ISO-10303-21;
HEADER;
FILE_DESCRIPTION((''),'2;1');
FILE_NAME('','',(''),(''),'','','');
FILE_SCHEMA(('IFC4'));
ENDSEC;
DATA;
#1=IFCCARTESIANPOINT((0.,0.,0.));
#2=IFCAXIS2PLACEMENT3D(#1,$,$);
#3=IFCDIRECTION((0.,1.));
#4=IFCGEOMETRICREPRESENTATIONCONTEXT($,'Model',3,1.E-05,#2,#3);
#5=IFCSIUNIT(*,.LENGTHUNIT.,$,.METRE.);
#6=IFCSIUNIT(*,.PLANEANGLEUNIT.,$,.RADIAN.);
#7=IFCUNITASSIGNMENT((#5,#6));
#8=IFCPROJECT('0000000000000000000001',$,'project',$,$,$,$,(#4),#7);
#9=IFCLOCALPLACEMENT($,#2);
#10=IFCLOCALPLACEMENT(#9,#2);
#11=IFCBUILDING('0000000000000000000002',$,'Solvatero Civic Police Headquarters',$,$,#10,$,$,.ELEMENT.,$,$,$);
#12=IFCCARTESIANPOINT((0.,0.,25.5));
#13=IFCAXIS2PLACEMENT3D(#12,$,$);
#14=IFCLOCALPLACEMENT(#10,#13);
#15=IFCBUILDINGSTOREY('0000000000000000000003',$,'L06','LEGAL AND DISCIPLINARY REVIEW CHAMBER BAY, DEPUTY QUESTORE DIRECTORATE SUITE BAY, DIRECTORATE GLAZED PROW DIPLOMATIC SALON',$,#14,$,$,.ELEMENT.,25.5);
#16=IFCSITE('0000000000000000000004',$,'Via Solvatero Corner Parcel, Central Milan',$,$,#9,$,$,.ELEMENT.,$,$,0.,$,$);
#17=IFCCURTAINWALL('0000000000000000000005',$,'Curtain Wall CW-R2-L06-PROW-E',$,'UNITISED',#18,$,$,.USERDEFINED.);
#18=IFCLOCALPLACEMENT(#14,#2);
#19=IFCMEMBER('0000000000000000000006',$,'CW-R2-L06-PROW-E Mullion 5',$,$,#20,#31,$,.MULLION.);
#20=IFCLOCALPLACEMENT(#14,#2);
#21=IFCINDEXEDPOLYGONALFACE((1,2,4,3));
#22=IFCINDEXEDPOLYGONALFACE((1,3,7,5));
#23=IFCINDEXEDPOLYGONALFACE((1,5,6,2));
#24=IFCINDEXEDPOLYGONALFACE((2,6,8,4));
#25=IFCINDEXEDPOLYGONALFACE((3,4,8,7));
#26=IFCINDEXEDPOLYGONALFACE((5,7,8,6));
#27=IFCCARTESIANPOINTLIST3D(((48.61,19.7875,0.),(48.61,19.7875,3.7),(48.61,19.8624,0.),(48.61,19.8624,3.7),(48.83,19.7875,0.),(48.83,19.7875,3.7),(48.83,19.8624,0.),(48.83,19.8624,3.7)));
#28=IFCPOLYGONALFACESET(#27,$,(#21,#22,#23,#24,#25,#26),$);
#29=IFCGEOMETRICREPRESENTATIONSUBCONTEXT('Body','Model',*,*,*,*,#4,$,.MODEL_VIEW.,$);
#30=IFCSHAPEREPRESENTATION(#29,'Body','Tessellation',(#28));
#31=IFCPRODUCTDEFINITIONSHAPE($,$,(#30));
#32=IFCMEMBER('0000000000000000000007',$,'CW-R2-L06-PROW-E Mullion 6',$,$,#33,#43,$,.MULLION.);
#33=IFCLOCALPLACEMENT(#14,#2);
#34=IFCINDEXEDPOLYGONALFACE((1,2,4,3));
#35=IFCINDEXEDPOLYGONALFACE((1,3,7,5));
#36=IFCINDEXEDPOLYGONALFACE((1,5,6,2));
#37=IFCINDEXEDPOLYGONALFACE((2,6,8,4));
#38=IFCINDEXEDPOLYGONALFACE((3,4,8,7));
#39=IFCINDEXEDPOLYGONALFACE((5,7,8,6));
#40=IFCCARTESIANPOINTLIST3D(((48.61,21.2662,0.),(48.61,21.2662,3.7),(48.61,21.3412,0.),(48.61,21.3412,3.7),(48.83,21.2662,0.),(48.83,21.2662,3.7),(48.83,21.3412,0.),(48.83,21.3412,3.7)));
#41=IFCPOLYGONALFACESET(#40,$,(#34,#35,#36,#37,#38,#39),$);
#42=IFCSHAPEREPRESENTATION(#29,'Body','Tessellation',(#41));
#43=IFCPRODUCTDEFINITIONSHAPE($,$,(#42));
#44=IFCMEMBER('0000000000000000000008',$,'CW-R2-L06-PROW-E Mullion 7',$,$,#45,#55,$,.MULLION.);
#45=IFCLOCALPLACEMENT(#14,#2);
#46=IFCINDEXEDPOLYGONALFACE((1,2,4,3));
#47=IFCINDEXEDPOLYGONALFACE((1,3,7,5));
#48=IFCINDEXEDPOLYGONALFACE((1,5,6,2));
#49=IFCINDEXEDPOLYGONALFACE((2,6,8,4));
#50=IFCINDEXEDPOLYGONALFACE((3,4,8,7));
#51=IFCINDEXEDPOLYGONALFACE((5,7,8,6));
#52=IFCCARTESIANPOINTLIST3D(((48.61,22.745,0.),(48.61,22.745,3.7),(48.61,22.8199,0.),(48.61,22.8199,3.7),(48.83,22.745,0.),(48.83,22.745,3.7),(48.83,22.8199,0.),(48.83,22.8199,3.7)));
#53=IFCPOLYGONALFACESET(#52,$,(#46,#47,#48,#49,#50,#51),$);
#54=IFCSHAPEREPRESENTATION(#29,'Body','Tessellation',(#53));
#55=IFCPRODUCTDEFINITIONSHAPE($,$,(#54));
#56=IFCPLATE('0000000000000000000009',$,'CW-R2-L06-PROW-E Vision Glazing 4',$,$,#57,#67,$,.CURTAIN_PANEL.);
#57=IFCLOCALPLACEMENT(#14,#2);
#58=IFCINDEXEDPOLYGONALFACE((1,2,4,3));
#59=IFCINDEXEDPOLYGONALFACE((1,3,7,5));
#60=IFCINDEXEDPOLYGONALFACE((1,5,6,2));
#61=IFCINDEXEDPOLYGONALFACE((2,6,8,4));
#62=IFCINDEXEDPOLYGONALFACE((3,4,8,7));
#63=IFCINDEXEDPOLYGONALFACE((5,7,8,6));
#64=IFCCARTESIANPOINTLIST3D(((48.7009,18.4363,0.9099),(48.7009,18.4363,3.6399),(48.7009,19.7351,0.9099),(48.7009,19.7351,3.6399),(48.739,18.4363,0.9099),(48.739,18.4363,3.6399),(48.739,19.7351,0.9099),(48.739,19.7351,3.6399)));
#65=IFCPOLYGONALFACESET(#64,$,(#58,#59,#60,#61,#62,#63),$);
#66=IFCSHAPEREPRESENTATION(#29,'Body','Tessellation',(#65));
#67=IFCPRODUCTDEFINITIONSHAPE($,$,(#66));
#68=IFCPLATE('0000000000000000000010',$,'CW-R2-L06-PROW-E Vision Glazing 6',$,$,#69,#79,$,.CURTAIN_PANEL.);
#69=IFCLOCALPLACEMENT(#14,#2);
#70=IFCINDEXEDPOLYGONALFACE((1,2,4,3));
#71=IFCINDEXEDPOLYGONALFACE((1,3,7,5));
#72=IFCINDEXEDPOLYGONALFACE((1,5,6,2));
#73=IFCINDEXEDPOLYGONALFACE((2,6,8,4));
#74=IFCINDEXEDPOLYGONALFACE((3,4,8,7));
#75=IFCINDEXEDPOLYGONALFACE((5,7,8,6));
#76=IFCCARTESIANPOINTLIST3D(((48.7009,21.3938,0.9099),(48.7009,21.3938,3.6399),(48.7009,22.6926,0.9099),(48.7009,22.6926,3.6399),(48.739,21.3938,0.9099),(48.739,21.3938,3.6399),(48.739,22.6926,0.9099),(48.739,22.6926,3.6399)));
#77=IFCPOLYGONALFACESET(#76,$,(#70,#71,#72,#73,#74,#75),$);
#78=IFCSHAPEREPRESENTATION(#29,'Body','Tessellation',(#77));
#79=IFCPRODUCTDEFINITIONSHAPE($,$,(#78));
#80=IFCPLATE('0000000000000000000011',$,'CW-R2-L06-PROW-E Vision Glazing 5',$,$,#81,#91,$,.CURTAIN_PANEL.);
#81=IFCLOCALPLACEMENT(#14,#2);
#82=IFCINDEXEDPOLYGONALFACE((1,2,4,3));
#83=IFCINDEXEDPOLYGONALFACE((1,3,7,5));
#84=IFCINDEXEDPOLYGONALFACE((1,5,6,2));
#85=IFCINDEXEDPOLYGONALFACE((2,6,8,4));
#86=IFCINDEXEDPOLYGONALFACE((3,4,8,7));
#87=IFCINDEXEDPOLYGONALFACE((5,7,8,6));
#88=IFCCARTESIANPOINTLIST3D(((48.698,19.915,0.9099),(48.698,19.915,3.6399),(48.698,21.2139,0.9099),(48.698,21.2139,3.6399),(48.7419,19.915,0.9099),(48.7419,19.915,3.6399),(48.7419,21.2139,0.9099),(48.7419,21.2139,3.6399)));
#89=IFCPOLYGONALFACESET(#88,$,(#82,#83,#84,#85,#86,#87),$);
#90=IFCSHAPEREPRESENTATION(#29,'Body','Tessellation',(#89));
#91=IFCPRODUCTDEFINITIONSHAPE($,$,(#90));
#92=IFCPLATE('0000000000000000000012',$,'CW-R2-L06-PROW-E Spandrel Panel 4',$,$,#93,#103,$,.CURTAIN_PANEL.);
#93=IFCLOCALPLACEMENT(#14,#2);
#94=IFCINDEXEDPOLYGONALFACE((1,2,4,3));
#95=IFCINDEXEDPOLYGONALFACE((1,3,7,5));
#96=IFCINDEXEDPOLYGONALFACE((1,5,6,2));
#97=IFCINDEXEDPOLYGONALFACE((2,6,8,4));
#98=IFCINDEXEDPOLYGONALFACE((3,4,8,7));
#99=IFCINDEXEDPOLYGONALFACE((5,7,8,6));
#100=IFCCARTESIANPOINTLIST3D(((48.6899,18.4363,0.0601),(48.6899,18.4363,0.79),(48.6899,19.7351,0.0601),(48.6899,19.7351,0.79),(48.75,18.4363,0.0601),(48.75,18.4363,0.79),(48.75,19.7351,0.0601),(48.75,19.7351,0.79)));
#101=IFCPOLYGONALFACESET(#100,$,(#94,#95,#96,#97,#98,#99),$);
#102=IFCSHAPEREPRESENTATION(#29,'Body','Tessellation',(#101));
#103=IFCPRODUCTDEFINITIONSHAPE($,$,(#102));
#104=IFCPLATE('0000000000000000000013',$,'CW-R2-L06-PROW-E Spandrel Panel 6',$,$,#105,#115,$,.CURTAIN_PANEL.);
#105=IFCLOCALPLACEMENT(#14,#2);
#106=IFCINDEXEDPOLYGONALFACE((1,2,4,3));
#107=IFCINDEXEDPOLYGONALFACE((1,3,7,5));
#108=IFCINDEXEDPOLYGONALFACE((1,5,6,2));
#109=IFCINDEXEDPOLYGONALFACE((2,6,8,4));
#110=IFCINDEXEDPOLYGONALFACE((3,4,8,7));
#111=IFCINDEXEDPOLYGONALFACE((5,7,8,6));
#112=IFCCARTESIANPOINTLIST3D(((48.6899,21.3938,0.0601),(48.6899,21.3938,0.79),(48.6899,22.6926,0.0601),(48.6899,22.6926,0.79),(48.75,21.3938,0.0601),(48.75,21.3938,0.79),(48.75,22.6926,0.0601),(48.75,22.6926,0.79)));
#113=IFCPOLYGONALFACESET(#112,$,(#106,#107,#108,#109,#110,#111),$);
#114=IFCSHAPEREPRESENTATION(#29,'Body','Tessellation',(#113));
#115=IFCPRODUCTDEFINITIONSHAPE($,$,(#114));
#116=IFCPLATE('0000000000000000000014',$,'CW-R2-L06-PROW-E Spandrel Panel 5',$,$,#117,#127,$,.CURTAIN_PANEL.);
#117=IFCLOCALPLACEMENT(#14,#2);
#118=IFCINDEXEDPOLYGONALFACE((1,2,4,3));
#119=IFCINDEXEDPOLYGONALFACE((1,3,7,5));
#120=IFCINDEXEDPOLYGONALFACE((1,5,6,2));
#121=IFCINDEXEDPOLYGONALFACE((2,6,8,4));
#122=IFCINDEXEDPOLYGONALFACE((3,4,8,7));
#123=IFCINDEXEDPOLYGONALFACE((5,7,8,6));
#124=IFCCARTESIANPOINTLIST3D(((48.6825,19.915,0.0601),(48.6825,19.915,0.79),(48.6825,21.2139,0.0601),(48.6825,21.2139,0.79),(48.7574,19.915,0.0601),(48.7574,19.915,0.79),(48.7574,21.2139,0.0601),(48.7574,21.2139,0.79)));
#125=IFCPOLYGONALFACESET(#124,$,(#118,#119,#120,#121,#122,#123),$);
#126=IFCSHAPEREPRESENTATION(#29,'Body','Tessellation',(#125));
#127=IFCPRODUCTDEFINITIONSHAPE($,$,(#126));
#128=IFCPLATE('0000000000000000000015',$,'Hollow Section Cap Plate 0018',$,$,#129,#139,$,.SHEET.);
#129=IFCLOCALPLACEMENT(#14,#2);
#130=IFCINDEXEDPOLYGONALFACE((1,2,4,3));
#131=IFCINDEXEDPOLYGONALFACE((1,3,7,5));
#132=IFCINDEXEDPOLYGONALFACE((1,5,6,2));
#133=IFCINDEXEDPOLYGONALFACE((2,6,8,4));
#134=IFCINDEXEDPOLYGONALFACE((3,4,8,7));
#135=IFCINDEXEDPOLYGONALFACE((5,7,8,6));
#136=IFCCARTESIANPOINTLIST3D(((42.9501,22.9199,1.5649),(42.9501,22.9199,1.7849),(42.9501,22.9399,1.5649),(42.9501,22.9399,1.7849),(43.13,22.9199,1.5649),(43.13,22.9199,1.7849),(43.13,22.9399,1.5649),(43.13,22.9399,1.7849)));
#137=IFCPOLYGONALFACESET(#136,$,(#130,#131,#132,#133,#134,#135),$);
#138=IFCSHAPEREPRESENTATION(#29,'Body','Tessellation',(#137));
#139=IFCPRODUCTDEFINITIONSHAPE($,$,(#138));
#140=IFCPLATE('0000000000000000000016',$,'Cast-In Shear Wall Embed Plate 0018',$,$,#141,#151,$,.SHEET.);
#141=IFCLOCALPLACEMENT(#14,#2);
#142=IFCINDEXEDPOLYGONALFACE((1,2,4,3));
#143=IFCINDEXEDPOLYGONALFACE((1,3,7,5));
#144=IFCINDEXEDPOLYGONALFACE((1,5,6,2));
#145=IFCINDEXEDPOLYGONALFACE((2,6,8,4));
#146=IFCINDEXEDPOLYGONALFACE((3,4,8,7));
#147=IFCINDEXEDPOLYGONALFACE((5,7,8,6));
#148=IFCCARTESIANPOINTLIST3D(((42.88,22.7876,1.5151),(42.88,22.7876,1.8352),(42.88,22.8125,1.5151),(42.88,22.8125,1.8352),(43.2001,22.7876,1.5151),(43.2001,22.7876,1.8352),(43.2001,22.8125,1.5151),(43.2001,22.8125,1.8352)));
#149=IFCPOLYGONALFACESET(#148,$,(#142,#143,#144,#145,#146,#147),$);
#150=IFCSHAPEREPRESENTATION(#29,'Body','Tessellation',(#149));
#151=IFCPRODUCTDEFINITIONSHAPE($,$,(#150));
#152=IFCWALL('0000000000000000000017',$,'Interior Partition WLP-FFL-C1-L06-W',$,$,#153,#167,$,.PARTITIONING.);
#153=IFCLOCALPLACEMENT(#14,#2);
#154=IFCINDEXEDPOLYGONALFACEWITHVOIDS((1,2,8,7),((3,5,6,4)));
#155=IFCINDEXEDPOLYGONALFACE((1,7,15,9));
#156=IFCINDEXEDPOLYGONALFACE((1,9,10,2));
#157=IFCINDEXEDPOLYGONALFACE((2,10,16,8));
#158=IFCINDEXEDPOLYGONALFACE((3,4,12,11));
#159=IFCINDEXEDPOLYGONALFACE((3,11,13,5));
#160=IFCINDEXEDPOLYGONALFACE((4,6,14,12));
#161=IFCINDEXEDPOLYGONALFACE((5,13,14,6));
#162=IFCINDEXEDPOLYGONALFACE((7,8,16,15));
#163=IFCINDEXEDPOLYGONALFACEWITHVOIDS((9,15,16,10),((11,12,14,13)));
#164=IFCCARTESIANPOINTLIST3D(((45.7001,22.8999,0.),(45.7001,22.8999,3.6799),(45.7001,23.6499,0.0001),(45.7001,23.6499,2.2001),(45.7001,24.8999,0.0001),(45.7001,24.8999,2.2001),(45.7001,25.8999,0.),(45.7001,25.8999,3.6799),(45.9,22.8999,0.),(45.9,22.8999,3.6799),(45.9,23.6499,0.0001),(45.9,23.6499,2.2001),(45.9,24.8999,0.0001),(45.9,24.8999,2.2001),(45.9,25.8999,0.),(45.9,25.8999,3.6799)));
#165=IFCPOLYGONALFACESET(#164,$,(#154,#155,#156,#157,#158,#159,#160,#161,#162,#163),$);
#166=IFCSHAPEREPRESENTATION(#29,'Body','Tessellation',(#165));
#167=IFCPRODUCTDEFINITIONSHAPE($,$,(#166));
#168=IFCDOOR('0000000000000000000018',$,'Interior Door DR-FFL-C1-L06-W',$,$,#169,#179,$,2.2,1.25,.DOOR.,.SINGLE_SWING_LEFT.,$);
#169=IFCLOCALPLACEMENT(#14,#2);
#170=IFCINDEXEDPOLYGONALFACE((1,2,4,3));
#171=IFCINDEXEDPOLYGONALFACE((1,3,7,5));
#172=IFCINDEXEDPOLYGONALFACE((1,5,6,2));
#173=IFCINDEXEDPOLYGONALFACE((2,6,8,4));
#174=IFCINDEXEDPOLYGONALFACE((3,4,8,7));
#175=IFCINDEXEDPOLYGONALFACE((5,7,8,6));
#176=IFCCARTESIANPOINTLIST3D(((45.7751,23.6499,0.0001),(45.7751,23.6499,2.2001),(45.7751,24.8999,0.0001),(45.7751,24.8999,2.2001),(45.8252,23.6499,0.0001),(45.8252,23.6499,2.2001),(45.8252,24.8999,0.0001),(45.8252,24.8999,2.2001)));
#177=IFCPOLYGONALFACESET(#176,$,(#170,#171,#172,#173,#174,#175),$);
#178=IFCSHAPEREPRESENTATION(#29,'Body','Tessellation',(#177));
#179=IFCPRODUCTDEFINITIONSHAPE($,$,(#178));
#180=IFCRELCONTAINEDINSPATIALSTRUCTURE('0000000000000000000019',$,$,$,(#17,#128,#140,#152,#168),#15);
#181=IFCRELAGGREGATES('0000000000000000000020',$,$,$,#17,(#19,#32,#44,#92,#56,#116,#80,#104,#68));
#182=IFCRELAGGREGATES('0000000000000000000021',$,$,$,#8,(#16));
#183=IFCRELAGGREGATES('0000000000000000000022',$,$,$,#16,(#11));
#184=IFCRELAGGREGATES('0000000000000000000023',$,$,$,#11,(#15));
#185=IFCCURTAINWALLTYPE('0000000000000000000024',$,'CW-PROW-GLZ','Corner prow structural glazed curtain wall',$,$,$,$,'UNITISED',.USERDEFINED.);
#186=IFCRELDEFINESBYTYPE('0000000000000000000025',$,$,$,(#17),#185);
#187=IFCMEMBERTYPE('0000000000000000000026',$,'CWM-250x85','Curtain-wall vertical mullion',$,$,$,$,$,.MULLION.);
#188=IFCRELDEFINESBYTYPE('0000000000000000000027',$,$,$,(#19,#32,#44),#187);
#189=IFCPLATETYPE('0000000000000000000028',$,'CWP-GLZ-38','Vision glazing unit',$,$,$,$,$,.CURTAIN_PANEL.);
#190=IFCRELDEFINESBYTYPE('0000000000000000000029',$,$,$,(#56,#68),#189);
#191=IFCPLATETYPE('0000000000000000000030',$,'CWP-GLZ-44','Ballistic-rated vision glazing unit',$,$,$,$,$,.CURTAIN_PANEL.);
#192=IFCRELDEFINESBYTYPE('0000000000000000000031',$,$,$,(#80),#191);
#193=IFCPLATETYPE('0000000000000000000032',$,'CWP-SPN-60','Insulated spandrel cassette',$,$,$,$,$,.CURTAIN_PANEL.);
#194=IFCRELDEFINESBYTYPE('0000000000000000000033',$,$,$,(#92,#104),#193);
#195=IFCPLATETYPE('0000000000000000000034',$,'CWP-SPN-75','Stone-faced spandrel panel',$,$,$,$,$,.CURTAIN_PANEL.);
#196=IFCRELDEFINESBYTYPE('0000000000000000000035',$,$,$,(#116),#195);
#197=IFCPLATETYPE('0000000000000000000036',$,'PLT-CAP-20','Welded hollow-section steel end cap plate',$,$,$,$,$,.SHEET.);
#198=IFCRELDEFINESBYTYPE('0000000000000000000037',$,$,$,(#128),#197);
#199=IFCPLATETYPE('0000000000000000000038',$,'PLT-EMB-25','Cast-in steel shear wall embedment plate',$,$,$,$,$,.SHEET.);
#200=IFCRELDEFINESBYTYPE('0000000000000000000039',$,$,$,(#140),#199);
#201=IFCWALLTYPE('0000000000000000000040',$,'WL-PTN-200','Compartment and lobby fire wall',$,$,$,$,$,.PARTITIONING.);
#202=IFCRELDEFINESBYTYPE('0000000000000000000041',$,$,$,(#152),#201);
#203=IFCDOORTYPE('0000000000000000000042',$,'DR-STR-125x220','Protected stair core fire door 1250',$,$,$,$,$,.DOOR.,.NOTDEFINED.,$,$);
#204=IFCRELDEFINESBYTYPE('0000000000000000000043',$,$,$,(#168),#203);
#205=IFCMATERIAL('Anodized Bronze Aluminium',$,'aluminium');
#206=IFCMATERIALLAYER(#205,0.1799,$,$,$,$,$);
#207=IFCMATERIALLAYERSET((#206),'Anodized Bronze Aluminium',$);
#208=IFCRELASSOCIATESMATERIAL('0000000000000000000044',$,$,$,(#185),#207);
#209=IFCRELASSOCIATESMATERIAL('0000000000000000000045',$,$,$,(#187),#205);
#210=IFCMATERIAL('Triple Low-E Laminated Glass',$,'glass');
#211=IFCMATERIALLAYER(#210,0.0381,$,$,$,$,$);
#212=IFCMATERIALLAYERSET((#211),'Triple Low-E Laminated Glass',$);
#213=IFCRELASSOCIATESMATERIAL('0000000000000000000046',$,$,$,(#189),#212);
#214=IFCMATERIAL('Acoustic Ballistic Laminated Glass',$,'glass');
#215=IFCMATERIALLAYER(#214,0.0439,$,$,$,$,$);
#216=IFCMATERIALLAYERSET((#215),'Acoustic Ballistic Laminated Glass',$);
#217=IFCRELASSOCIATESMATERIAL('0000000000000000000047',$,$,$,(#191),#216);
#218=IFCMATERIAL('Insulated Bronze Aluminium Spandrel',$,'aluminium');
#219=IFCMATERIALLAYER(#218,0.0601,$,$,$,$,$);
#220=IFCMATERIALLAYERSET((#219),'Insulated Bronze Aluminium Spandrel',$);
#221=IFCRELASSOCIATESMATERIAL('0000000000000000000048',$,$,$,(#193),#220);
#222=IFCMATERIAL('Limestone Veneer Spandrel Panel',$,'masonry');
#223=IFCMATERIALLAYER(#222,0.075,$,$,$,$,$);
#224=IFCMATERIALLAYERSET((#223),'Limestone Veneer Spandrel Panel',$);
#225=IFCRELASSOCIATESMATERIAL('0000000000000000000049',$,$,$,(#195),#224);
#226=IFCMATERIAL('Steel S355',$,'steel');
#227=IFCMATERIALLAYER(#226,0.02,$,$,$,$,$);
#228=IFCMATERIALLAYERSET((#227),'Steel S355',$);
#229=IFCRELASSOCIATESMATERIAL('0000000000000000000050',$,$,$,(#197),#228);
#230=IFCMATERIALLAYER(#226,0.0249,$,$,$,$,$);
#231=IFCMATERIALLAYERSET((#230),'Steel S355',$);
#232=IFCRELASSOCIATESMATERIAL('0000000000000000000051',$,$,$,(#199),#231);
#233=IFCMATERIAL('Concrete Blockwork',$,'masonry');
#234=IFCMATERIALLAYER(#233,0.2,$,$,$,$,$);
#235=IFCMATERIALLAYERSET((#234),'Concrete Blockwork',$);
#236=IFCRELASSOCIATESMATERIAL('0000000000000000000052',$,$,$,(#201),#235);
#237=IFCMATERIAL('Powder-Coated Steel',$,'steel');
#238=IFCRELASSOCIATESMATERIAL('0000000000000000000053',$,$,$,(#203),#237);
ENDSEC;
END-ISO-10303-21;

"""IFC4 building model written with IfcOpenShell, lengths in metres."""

from ifc_helpers import new_model, si_unit, direction, frame, frame_2d, origin, origin_2d, place, context, subcontext, project, spatial, rectangle, extrude, material, layer, layer_set, material_profile, profile_set, type_object, element, fill, aggregate, save


model = new_model("IFC4")

# Units and contexts
model_context = context("Model", 3, precision=1e-05, world=origin(), true_north=direction((0.0, 1.0)))
body_context = subcontext(model_context, "Body", "Model", "MODEL_VIEW")
ifc_project = project(units=[si_unit("LENGTHUNIT", "METRE"), si_unit("PLANEANGLEUNIT", "RADIAN")], contexts=[model_context])

# Site, building, storey
site_placement = place(None, origin())
site = spatial("IfcSite", under=ifc_project, at=site_placement, Name="Via Solvatero Corner Parcel, Central Milan", CompositionType="ELEMENT", RefElevation=0.0)
building_placement = place(site_placement, origin())
building = spatial("IfcBuilding", under=site, at=building_placement, Name="Solvatero Civic Police Headquarters", CompositionType="ELEMENT")
storey_placement = place(building_placement, frame((0.0, 0.0, 25.5)))
storey = spatial("IfcBuildingStorey", under=building, at=storey_placement, Name="L06", Description="LEGAL AND DISCIPLINARY REVIEW CHAMBER BAY, DEPUTY QUESTORE DIRECTORATE SUITE BAY, DIRECTORATE GLAZED PROW DIPLOMATIC SALON", CompositionType="ELEMENT", Elevation=25.5)

# Curtain wall, members, plates
ifc_material_1 = material(Name="Anodized Bronze Aluminium", Category="aluminium")
ifc_layer_1 = layer(ifc_material_1, 0.1799)
ifc_layer_set_1 = layer_set([ifc_layer_1], Name="Anodized Bronze Aluminium")
curtain_wall_type = type_object("IfcCurtainWallType", Name="CW-PROW-GLZ", Description="Corner prow structural glazed curtain wall", ElementType="UNITISED", PredefinedType="USERDEFINED", material=ifc_layer_set_1)
curtain_wall_placement = place(storey_placement, origin())
curtain_wall = element("IfcCurtainWall", 1, at=curtain_wall_placement, inside=storey, type_object=curtain_wall_type, Name="Curtain Wall CW-R2-L06-PROW-E", ObjectType="UNITISED", PredefinedType="USERDEFINED")
ifc_material_profile = material_profile(ifc_material_1, rectangle(XDim=0.075, YDim=0.22, at=origin_2d()), Name="ALU MULLION 75x220")
ifc_profile_set = profile_set([ifc_material_profile], Name="Anodized Bronze Aluminium")
member_type = type_object("IfcMemberType", Name="CWM-250x85", Description="Curtain-wall vertical mullion", PredefinedType="MULLION", material=ifc_profile_set)
member_1_placement = place(storey_placement, frame((48.72, 19.825, 0.0), z_axis=(0.0, 0.0, 1.0), x_axis=(0.0, 1.0, 0.0)))
member_1 = element("IfcMember", 2, at=member_1_placement, type_object=member_type, Name="CW-R2-L06-PROW-E Mullion 5", PredefinedType="MULLION", context=body_context, shape_type="SweptSolid", body=[
    extrude(rectangle(XDim=0.075, YDim=0.22, at=origin_2d()), origin(), (0.0, 0.0, 1.0), 3.7),
])
member_2_placement = place(storey_placement, frame((48.72, 21.3037, 0.0), z_axis=(0.0, 0.0, 1.0), x_axis=(0.0, 1.0, 0.0)))
member_2 = element("IfcMember", 3, at=member_2_placement, type_object=member_type, Name="CW-R2-L06-PROW-E Mullion 6", PredefinedType="MULLION", context=body_context, shape_type="SweptSolid", body=[
    extrude(rectangle(XDim=0.075, YDim=0.22, at=origin_2d()), origin(), (0.0, 0.0, 1.0), 3.7),
])
member_3_placement = place(storey_placement, frame((48.72, 22.7825, 0.0), z_axis=(0.0, 0.0, 1.0), x_axis=(0.0, 1.0, 0.0)))
member_3 = element("IfcMember", 4, at=member_3_placement, type_object=member_type, Name="CW-R2-L06-PROW-E Mullion 7", PredefinedType="MULLION", context=body_context, shape_type="SweptSolid", body=[
    extrude(rectangle(XDim=0.075, YDim=0.22, at=origin_2d()), origin(), (0.0, 0.0, 1.0), 3.7),
])
ifc_material_2 = material(Name="Triple Low-E Laminated Glass", Category="glass")
ifc_layer_2 = layer(ifc_material_2, 0.0381)
ifc_layer_set_2 = layer_set([ifc_layer_2], Name="Triple Low-E Laminated Glass")
plate_type_1 = type_object("IfcPlateType", Name="CWP-GLZ-38", Description="Vision glazing unit", PredefinedType="CURTAIN_PANEL", material=ifc_layer_set_2)
plate_1_placement = place(storey_placement, frame((48.72, 19.0857, 0.9099), z_axis=(0.0, 0.0, 1.0), x_axis=(0.0, 1.0, 0.0)))
plate_1 = element("IfcPlate", 5, at=plate_1_placement, type_object=plate_type_1, Name="CW-R2-L06-PROW-E Vision Glazing 4", PredefinedType="CURTAIN_PANEL", context=body_context, shape_type="SweptSolid", body=[
    extrude(rectangle(XDim=1.2988, YDim=0.0381, at=origin_2d()), origin(), (0.0, 0.0, 1.0), 2.73),
])
plate_2_placement = place(storey_placement, frame((48.72, 22.0432, 0.9099), z_axis=(0.0, 0.0, 1.0), x_axis=(0.0, 1.0, 0.0)))
plate_2 = element("IfcPlate", 6, at=plate_2_placement, type_object=plate_type_1, Name="CW-R2-L06-PROW-E Vision Glazing 6", PredefinedType="CURTAIN_PANEL", context=body_context, shape_type="SweptSolid", body=[
    extrude(rectangle(XDim=1.2988, YDim=0.0381, at=origin_2d()), origin(), (0.0, 0.0, 1.0), 2.73),
])
ifc_material_3 = material(Name="Acoustic Ballistic Laminated Glass", Category="glass")
ifc_layer_3 = layer(ifc_material_3, 0.0439)
ifc_layer_set_3 = layer_set([ifc_layer_3], Name="Acoustic Ballistic Laminated Glass")
plate_type_2 = type_object("IfcPlateType", Name="CWP-GLZ-44", Description="Ballistic-rated vision glazing unit", PredefinedType="CURTAIN_PANEL", material=ifc_layer_set_3)
plate_3_placement = place(storey_placement, frame((48.72, 20.5645, 0.9099), z_axis=(0.0, 0.0, 1.0), x_axis=(0.0, 1.0, 0.0)))
plate_3 = element("IfcPlate", 7, at=plate_3_placement, type_object=plate_type_2, Name="CW-R2-L06-PROW-E Vision Glazing 5", PredefinedType="CURTAIN_PANEL", context=body_context, shape_type="SweptSolid", body=[
    extrude(rectangle(XDim=1.2988, YDim=0.0439, at=origin_2d()), origin(), (0.0, 0.0, 1.0), 2.73),
])
ifc_material_4 = material(Name="Insulated Bronze Aluminium Spandrel", Category="aluminium")
ifc_layer_4 = layer(ifc_material_4, 0.0601)
ifc_layer_set_4 = layer_set([ifc_layer_4], Name="Insulated Bronze Aluminium Spandrel")
plate_type_3 = type_object("IfcPlateType", Name="CWP-SPN-60", Description="Insulated spandrel cassette", PredefinedType="CURTAIN_PANEL", material=ifc_layer_set_4)
plate_4_placement = place(storey_placement, frame((48.72, 19.0857, 0.0601), z_axis=(0.0, 0.0, 1.0), x_axis=(0.0, 1.0, 0.0)))
plate_4 = element("IfcPlate", 8, at=plate_4_placement, type_object=plate_type_3, Name="CW-R2-L06-PROW-E Spandrel Panel 4", PredefinedType="CURTAIN_PANEL", context=body_context, shape_type="SweptSolid", body=[
    extrude(rectangle(XDim=1.2988, YDim=0.0601, at=origin_2d()), origin(), (0.0, 0.0, 1.0), 0.73),
])
plate_5_placement = place(storey_placement, frame((48.72, 22.0432, 0.0601), z_axis=(0.0, 0.0, 1.0), x_axis=(0.0, 1.0, 0.0)))
plate_5 = element("IfcPlate", 9, at=plate_5_placement, type_object=plate_type_3, Name="CW-R2-L06-PROW-E Spandrel Panel 6", PredefinedType="CURTAIN_PANEL", context=body_context, shape_type="SweptSolid", body=[
    extrude(rectangle(XDim=1.2988, YDim=0.0601, at=origin_2d()), origin(), (0.0, 0.0, 1.0), 0.73),
])
ifc_material_5 = material(Name="Limestone Veneer Spandrel Panel", Category="masonry")
ifc_layer_5 = layer(ifc_material_5, 0.075)
ifc_layer_set_5 = layer_set([ifc_layer_5], Name="Limestone Veneer Spandrel Panel")
plate_type_4 = type_object("IfcPlateType", Name="CWP-SPN-75", Description="Stone-faced spandrel panel", PredefinedType="CURTAIN_PANEL", material=ifc_layer_set_5)
plate_6_placement = place(storey_placement, frame((48.72, 20.5645, 0.0601), z_axis=(0.0, 0.0, 1.0), x_axis=(0.0, 1.0, 0.0)))
plate_6 = element("IfcPlate", 10, at=plate_6_placement, type_object=plate_type_4, Name="CW-R2-L06-PROW-E Spandrel Panel 5", PredefinedType="CURTAIN_PANEL", context=body_context, shape_type="SweptSolid", body=[
    extrude(rectangle(XDim=1.2988, YDim=0.075, at=origin_2d()), origin(), (0.0, 0.0, 1.0), 0.73),
])
aggregate(curtain_wall, [member_1, member_2, member_3, plate_4, plate_1, plate_6, plate_3, plate_5, plate_2])

# Plates
ifc_material_6 = material(Name="Steel S355", Category="steel")
ifc_layer_6 = layer(ifc_material_6, 0.02)
ifc_layer_set_6 = layer_set([ifc_layer_6], Name="Steel S355")
plate_type_5 = type_object("IfcPlateType", Name="PLT-CAP-20", Description="Welded hollow-section steel end cap plate", PredefinedType="SHEET", material=ifc_layer_set_6)
plate_7_placement = place(storey_placement, frame((43.04, 22.9299, 1.5649), z_axis=(0.0, 0.0, 1.0), x_axis=(1.0, 0.0, 0.0)))
element("IfcPlate", 11, at=plate_7_placement, inside=storey, type_object=plate_type_5, Name="Hollow Section Cap Plate 0018", PredefinedType="SHEET", context=body_context, shape_type="SweptSolid", body=[
    extrude(rectangle(XDim=0.1799, YDim=0.02, at=origin_2d()), origin(), (0.0, 0.0, 1.0), 0.22),
])
ifc_layer_7 = layer(ifc_material_6, 0.0249)
ifc_layer_set_7 = layer_set([ifc_layer_7], Name="Steel S355")
plate_type_6 = type_object("IfcPlateType", Name="PLT-EMB-25", Description="Cast-in steel shear wall embedment plate", PredefinedType="SHEET", material=ifc_layer_set_7)
plate_8_placement = place(storey_placement, frame((43.04, 22.8, 1.5151), z_axis=(0.0, 0.0, 1.0), x_axis=(1.0, 0.0, 0.0)))
element("IfcPlate", 12, at=plate_8_placement, inside=storey, type_object=plate_type_6, Name="Cast-In Shear Wall Embed Plate 0018", PredefinedType="SHEET", context=body_context, shape_type="SweptSolid", body=[
    extrude(rectangle(XDim=0.3201, YDim=0.0249, at=origin_2d()), origin(), (0.0, 0.0, 1.0), 0.3201),
])

# Wall, opening, door
ifc_material_7 = material(Name="Concrete Blockwork", Category="masonry")
ifc_layer_8 = layer(ifc_material_7, 0.2)
ifc_layer_set_8 = layer_set([ifc_layer_8], Name="Concrete Blockwork")
wall_type_1 = type_object("IfcWallType", Name="WL-PTN-200", Description="Compartment and lobby fire wall", PredefinedType="PARTITIONING", material=ifc_layer_set_8)
wall_1_placement = place(storey_placement, frame((45.8, 22.8999, 0.0), z_axis=(0.0, 0.0, 1.0), x_axis=(0.0, 1.0, 0.0)))
wall_1 = element("IfcWall", 13, at=wall_1_placement, inside=storey, type_object=wall_type_1, Name="Interior Partition WLP-FFL-C1-L06-W", PredefinedType="PARTITIONING", context=body_context, shape_type="SweptSolid", body=[
    extrude(rectangle(XDim=3.0, YDim=0.2, at=frame_2d((1.5, 0.0))), origin(), (0.0, 0.0, 1.0), 3.6799),
])
opening_1_placement = place(wall_1_placement, frame((0.75, 0.0, 0.0)))
opening_1 = element("IfcOpeningElement", 14, at=opening_1_placement, cuts=wall_1, PredefinedType="OPENING", context=body_context, shape_type="SweptSolid", body=[
    extrude(rectangle(XDim=1.25, YDim=2.2, at=frame_2d((0.625, 1.1001))), frame((0.0, 0.1099, 0.0), z_axis=(0.0, -1.0, 0.0), x_axis=(1.0, 0.0, 0.0)), (0.0, 0.0, 1.0), 0.22),
])
ifc_material_8 = material(Name="Powder-Coated Steel", Category="steel")
door_type_1 = type_object("IfcDoorType", Name="DR-STR-125x220", Description="Protected stair core fire door 1250", OperationType="NOTDEFINED", PredefinedType="DOOR", material=ifc_material_8)
door_1_placement = place(opening_1_placement, origin())
door_1 = element("IfcDoor", 15, at=door_1_placement, inside=storey, type_object=door_type_1, Name="Interior Door DR-FFL-C1-L06-W", OperationType="SINGLE_SWING_LEFT", OverallHeight=2.2, OverallWidth=1.25, PredefinedType="DOOR", context=body_context, shape_type="SweptSolid", body=[
    extrude(rectangle(XDim=1.25, YDim=2.2, at=frame_2d((0.625, 1.1001))), frame((0.0, 0.0249, 0.0), z_axis=(0.0, -1.0, 0.0), x_axis=(1.0, 0.0, 0.0)), (0.0, 0.0, 1.0), 0.05),
])
fill(opening_1, door_1)

save(model, "model.ifc")
